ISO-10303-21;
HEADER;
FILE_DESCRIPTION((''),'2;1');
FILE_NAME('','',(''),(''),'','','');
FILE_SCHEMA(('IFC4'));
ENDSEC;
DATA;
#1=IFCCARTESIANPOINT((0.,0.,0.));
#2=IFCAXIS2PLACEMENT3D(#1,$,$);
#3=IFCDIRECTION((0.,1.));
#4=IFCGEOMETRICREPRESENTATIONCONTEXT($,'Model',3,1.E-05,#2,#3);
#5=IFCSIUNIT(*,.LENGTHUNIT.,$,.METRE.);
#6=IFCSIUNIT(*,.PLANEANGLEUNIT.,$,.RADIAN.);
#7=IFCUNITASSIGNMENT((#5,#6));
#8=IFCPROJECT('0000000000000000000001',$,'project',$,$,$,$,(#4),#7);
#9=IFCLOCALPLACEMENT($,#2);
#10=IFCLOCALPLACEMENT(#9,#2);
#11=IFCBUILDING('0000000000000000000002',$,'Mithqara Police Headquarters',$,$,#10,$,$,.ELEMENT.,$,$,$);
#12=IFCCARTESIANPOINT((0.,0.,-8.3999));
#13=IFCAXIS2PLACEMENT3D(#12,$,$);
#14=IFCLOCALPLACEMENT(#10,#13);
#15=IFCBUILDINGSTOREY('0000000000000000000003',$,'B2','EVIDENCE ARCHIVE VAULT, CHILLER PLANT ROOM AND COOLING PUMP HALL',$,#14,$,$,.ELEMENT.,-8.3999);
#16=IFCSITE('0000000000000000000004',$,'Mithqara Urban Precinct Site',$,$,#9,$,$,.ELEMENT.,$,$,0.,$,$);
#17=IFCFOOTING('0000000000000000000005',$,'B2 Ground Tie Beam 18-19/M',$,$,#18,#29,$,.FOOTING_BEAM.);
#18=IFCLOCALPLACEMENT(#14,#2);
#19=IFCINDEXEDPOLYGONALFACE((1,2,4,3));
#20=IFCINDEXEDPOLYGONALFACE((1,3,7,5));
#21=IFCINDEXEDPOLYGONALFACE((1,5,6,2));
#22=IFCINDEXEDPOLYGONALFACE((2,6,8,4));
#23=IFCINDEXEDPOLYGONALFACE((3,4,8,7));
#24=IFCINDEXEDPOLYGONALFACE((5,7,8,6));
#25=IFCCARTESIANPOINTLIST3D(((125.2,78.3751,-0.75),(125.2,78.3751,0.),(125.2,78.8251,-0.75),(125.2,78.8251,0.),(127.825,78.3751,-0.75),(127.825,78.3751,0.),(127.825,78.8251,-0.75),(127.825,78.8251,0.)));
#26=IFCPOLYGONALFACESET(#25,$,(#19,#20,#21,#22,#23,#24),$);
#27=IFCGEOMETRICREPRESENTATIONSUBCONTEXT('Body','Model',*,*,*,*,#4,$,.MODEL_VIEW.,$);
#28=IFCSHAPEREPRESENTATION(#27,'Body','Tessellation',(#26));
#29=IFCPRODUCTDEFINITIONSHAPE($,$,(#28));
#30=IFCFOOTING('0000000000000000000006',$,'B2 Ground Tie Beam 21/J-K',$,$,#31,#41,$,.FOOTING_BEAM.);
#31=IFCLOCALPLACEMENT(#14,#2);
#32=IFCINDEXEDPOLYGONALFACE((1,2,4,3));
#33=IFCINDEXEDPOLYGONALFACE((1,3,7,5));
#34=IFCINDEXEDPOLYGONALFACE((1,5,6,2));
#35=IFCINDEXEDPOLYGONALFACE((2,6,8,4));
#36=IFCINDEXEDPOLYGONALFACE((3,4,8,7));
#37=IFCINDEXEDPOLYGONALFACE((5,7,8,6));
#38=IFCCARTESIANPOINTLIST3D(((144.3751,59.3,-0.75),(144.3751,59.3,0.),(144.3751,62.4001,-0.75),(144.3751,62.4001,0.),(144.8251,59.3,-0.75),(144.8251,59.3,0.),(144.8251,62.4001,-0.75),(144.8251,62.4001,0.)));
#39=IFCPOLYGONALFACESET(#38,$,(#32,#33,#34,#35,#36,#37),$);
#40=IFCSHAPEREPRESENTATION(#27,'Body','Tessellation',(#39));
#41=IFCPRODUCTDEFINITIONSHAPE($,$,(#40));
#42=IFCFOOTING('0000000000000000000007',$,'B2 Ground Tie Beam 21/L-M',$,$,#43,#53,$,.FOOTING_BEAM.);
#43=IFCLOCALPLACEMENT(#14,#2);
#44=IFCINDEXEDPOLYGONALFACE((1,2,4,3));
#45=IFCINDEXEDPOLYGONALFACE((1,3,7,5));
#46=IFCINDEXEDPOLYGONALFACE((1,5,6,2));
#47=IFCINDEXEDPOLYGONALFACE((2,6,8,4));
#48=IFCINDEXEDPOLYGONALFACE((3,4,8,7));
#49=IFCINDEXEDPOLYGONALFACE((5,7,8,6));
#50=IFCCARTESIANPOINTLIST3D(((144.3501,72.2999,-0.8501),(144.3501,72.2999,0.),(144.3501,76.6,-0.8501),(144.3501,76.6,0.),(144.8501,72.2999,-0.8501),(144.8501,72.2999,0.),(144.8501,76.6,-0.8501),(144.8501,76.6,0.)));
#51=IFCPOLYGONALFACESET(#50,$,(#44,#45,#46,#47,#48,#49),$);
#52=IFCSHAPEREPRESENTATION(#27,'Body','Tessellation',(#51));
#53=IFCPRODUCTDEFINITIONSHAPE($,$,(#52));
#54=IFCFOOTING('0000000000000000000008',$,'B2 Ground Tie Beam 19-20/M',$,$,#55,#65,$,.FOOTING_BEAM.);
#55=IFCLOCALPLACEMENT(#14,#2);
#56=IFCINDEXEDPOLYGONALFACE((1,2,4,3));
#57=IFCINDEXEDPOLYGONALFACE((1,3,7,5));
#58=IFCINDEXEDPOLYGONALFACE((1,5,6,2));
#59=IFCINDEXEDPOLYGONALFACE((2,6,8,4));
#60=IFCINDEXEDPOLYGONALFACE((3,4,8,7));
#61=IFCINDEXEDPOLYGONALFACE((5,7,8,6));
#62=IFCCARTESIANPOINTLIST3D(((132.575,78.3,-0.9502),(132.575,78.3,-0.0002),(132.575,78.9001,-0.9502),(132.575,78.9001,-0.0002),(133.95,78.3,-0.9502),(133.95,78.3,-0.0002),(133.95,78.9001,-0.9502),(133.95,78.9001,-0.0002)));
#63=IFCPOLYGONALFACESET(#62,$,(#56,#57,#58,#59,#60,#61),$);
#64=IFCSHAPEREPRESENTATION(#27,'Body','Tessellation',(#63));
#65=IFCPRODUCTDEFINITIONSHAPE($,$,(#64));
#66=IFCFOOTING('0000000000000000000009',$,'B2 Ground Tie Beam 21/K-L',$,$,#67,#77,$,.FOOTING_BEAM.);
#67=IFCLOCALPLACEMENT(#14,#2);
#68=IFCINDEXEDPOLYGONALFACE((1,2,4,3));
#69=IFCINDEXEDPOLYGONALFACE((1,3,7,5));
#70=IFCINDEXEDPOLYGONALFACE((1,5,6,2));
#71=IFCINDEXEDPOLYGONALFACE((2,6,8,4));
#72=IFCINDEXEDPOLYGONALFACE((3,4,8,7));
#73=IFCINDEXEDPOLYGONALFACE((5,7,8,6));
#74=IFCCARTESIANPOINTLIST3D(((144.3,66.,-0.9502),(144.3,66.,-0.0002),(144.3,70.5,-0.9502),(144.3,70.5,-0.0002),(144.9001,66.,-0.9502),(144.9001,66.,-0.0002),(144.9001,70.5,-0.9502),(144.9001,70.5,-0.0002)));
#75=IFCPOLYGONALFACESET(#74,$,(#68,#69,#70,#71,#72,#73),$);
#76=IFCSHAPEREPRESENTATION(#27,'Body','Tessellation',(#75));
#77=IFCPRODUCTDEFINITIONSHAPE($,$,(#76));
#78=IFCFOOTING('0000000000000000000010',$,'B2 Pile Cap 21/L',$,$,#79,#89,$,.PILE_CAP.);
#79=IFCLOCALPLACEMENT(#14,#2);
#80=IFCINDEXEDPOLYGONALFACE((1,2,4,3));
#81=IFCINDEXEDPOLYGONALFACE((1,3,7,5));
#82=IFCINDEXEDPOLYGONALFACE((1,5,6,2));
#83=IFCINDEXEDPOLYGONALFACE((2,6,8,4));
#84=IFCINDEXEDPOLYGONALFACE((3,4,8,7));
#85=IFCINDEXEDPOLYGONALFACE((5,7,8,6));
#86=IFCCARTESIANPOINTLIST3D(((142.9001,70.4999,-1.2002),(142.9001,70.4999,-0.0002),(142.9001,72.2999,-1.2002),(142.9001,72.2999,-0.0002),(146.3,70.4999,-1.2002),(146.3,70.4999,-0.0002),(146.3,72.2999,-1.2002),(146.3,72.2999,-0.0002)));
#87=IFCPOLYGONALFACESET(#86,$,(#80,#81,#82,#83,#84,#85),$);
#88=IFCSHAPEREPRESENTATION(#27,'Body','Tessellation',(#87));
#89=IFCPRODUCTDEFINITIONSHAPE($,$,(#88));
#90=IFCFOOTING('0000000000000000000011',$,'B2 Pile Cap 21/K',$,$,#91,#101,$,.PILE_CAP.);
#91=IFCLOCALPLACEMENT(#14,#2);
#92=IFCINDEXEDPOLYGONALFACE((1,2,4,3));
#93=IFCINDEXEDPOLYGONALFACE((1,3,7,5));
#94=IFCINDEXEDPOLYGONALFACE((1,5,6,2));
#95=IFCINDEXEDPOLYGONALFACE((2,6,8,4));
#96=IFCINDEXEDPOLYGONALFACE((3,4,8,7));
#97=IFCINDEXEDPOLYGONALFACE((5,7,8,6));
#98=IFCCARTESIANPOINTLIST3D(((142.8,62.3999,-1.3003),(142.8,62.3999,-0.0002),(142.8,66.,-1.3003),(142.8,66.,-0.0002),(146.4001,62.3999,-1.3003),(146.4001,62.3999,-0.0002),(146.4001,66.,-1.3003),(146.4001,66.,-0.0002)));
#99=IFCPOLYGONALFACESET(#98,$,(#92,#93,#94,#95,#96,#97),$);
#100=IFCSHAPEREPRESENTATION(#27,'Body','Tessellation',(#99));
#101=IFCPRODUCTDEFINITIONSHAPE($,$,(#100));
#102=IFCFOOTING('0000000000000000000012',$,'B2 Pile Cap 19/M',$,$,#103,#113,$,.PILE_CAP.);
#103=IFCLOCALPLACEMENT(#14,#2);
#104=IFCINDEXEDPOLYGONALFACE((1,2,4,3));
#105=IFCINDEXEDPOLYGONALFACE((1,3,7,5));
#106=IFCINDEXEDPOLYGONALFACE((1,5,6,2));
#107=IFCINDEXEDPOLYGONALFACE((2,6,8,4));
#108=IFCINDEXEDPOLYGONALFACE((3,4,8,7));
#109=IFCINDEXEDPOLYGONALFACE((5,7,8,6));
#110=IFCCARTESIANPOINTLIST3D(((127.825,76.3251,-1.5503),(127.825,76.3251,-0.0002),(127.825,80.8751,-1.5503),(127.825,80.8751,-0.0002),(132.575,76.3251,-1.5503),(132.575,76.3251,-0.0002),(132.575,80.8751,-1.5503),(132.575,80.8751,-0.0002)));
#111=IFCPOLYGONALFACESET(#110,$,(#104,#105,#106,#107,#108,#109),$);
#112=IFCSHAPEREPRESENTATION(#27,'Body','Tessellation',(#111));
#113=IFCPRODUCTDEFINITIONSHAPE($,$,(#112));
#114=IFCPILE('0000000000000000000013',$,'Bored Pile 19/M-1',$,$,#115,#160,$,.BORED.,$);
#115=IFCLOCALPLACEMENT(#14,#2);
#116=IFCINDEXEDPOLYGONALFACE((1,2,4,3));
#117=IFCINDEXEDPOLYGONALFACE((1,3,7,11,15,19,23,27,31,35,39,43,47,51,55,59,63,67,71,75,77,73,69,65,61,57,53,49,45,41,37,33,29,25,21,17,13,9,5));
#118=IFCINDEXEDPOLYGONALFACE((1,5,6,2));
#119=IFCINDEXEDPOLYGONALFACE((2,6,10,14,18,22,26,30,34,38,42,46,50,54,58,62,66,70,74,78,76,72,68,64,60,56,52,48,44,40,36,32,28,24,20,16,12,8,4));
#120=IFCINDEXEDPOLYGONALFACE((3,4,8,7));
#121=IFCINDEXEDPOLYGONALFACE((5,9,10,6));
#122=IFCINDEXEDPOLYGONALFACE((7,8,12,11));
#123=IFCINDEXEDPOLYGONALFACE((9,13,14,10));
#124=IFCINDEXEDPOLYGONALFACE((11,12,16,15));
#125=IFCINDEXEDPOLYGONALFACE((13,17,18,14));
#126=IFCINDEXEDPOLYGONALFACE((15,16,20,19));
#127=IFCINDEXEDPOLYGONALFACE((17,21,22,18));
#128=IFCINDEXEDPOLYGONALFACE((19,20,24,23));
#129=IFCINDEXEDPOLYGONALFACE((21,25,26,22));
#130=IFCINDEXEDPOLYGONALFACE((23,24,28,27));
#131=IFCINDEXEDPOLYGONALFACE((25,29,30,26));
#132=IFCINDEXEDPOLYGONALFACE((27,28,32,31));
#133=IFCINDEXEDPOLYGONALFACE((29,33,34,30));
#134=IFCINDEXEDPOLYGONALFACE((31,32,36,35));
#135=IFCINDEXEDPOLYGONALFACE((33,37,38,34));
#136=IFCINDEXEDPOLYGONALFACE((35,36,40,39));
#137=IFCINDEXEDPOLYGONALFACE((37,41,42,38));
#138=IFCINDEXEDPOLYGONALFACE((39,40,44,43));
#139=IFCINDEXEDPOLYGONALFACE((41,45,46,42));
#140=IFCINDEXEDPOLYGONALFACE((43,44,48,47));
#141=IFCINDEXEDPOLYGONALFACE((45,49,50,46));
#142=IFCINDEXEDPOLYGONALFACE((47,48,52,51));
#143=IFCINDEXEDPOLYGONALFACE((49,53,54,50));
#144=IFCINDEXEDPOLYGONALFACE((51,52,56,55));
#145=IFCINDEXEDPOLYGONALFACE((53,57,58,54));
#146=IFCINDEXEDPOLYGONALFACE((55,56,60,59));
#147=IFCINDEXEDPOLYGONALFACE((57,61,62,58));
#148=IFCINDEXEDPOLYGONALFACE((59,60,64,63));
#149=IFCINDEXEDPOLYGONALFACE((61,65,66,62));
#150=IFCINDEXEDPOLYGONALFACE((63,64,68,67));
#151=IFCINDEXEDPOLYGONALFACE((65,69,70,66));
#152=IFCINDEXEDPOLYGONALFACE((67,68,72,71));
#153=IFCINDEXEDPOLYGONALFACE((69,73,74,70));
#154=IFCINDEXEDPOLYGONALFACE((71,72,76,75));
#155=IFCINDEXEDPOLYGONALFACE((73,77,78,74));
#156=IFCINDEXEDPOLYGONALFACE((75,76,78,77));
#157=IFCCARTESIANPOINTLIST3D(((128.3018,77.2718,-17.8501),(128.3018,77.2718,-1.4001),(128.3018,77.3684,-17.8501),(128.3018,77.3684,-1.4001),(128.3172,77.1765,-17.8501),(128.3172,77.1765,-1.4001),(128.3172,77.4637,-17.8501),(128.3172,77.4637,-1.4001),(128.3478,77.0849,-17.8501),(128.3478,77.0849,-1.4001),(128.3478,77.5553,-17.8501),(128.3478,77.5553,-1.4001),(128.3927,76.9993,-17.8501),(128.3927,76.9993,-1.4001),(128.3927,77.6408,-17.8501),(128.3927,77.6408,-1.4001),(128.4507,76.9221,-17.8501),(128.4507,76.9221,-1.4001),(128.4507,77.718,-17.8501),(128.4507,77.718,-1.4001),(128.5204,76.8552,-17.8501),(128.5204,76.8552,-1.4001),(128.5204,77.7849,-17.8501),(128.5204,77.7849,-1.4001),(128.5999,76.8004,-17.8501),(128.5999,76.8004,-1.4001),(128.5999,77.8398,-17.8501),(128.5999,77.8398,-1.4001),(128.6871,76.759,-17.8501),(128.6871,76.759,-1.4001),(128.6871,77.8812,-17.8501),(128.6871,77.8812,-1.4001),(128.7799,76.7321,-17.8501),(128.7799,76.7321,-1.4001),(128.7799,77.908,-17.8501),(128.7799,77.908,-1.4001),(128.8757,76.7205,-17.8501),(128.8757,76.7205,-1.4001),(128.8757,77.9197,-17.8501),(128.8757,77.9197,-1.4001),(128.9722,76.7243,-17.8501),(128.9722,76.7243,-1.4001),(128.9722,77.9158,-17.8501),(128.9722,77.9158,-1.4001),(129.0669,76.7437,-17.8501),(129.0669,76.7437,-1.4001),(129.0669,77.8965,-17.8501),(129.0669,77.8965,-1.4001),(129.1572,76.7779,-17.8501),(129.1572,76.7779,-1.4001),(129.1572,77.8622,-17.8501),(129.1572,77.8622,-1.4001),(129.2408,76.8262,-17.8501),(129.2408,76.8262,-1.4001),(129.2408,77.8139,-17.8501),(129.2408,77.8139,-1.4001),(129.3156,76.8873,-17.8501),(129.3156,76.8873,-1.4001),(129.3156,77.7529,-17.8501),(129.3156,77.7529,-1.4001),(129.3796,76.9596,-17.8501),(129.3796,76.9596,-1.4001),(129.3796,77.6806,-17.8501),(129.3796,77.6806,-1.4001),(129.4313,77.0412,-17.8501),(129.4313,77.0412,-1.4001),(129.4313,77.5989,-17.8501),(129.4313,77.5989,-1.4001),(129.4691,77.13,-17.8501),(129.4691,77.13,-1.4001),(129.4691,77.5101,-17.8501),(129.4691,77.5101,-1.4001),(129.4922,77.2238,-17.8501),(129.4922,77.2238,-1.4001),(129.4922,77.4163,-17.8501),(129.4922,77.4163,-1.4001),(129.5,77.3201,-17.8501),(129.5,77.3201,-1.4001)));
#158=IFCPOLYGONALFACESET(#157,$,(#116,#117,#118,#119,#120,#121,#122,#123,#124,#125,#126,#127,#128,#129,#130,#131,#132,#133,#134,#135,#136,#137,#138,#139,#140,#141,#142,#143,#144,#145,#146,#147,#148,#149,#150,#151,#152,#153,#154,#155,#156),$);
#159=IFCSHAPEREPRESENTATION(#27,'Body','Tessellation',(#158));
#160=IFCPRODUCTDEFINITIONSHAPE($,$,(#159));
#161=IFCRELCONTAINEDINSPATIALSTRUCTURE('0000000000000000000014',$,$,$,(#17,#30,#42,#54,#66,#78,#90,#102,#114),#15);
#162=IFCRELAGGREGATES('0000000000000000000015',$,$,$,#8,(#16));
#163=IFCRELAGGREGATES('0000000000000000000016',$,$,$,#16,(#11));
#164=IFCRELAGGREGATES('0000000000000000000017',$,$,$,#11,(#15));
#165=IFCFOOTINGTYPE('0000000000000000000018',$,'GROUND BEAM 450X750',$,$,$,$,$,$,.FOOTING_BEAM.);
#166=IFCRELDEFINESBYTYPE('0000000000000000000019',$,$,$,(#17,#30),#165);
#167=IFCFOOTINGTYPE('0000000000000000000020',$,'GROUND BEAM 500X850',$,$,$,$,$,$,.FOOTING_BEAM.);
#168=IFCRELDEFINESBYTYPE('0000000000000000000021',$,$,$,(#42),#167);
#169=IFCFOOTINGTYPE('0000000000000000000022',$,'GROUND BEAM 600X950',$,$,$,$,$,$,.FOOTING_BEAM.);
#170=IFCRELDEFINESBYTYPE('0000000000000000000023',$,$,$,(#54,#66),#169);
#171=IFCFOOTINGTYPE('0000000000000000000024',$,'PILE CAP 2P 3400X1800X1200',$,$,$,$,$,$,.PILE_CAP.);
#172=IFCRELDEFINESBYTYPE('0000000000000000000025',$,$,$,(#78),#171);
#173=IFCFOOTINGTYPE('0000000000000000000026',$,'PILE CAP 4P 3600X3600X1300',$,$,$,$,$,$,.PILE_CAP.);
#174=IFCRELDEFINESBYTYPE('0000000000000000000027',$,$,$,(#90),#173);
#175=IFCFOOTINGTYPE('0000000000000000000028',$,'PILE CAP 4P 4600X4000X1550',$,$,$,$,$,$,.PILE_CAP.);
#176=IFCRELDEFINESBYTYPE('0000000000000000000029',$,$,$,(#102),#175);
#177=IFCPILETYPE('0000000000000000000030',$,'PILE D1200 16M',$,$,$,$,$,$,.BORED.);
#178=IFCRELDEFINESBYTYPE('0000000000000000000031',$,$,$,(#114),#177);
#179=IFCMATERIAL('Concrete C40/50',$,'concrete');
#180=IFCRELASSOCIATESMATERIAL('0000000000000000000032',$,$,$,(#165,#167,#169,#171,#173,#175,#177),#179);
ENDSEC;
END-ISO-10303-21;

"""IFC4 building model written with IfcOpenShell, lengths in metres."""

from ifc_helpers import new_model, si_unit, direction, frame, origin, origin_2d, place, context, subcontext, project, spatial, rectangle, circle, extrude, material, material_profile, profile_set, type_object, element, save


model = new_model("IFC4")

# Units and contexts
model_context = context("Model", 3, precision=1e-05, world=origin(), true_north=direction((0.0, 1.0)))
body_context = subcontext(model_context, "Body", "Model", "MODEL_VIEW")
ifc_project = project(units=[si_unit("LENGTHUNIT", "METRE"), si_unit("PLANEANGLEUNIT", "RADIAN")], contexts=[model_context])

# Site, building, storey
site_placement = place(None, origin())
site = spatial("IfcSite", under=ifc_project, at=site_placement, Name="Mithqara Urban Precinct Site", CompositionType="ELEMENT", RefElevation=0.0)
building_placement = place(site_placement, origin())
building = spatial("IfcBuilding", under=site, at=building_placement, Name="Mithqara Police Headquarters", CompositionType="ELEMENT")
storey_placement = place(building_placement, frame((0.0, 0.0, -8.3999)))
storey = spatial("IfcBuildingStorey", under=building, at=storey_placement, Name="B2", Description="EVIDENCE ARCHIVE VAULT, CHILLER PLANT ROOM AND COOLING PUMP HALL", CompositionType="ELEMENT", Elevation=-8.3999)

# Footings
ifc_material_1 = material(Name="Concrete C40/50", Category="concrete")
footing_type_1 = type_object("IfcFootingType", Name="GROUND BEAM 450X750", PredefinedType="FOOTING_BEAM", material=ifc_material_1)
footing_1_placement = place(storey_placement, frame((126.5125, 78.6001, -0.75), z_axis=(0.0, 0.0, 1.0), x_axis=(1.0, 0.0, 0.0)))
element("IfcFooting", 1, at=footing_1_placement, inside=storey, type_object=footing_type_1, Name="B2 Ground Tie Beam 18-19/M", PredefinedType="FOOTING_BEAM", context=body_context, shape_type="SweptSolid", body=[
    extrude(rectangle(XDim=2.625, YDim=0.45, at=origin_2d()), origin(), (0.0, 0.0, 1.0), 0.75),
])
footing_2_placement = place(storey_placement, frame((144.6001, 60.8501, -0.75), z_axis=(0.0, 0.0, 1.0), x_axis=(1.0, 0.0, 0.0)))
element("IfcFooting", 2, at=footing_2_placement, inside=storey, type_object=footing_type_1, Name="B2 Ground Tie Beam 21/J-K", PredefinedType="FOOTING_BEAM", context=body_context, shape_type="SweptSolid", body=[
    extrude(rectangle(XDim=0.45, YDim=3.1001, at=origin_2d()), origin(), (0.0, 0.0, 1.0), 0.75),
])
footing_type_2 = type_object("IfcFootingType", Name="GROUND BEAM 500X850", PredefinedType="FOOTING_BEAM", material=ifc_material_1)
footing_3_placement = place(storey_placement, frame((144.6001, 74.45, -0.8501), z_axis=(0.0, 0.0, 1.0), x_axis=(1.0, 0.0, 0.0)))
element("IfcFooting", 3, at=footing_3_placement, inside=storey, type_object=footing_type_2, Name="B2 Ground Tie Beam 21/L-M", PredefinedType="FOOTING_BEAM", context=body_context, shape_type="SweptSolid", body=[
    extrude(rectangle(XDim=0.5, YDim=4.3, at=origin_2d()), origin(), (0.0, 0.0, 1.0), 0.8501),
])
footing_type_3 = type_object("IfcFootingType", Name="GROUND BEAM 600X950", PredefinedType="FOOTING_BEAM", material=ifc_material_1)
footing_4_placement = place(storey_placement, frame((133.2625, 78.6001, -0.9502), z_axis=(0.0, 0.0, 1.0), x_axis=(1.0, 0.0, 0.0)))
element("IfcFooting", 4, at=footing_4_placement, inside=storey, type_object=footing_type_3, Name="B2 Ground Tie Beam 19-20/M", PredefinedType="FOOTING_BEAM", context=body_context, shape_type="SweptSolid", body=[
    extrude(rectangle(XDim=1.375, YDim=0.6001, at=origin_2d()), origin(), (0.0, 0.0, 1.0), 0.95),
])
footing_5_placement = place(storey_placement, frame((144.6001, 68.25, -0.9502), z_axis=(0.0, 0.0, 1.0), x_axis=(1.0, 0.0, 0.0)))
element("IfcFooting", 5, at=footing_5_placement, inside=storey, type_object=footing_type_3, Name="B2 Ground Tie Beam 21/K-L", PredefinedType="FOOTING_BEAM", context=body_context, shape_type="SweptSolid", body=[
    extrude(rectangle(XDim=0.6001, YDim=4.5, at=origin_2d()), origin(), (0.0, 0.0, 1.0), 0.95),
])
footing_type_4 = type_object("IfcFootingType", Name="PILE CAP 2P 3400X1800X1200", PredefinedType="PILE_CAP", material=ifc_material_1)
footing_6_placement = place(storey_placement, frame((144.6001, 71.3999, -1.2002), z_axis=(0.0, 0.0, 1.0), x_axis=(1.0, 0.0, 0.0)))
element("IfcFooting", 6, at=footing_6_placement, inside=storey, type_object=footing_type_4, Name="B2 Pile Cap 21/L", PredefinedType="PILE_CAP", context=body_context, shape_type="SweptSolid", body=[
    extrude(rectangle(XDim=3.3999, YDim=1.8, at=origin_2d()), origin(), (0.0, 0.0, 1.0), 1.2),
])
footing_type_5 = type_object("IfcFootingType", Name="PILE CAP 4P 3600X3600X1300", PredefinedType="PILE_CAP", material=ifc_material_1)
footing_7_placement = place(storey_placement, frame((144.6001, 64.2, -1.3003), z_axis=(0.0, 0.0, 1.0), x_axis=(1.0, 0.0, 0.0)))
element("IfcFooting", 7, at=footing_7_placement, inside=storey, type_object=footing_type_5, Name="B2 Pile Cap 21/K", PredefinedType="PILE_CAP", context=body_context, shape_type="SweptSolid", body=[
    extrude(rectangle(XDim=3.6001, YDim=3.6001, at=origin_2d()), origin(), (0.0, 0.0, 1.0), 1.3),
])
footing_type_6 = type_object("IfcFootingType", Name="PILE CAP 4P 4600X4000X1550", PredefinedType="PILE_CAP", material=ifc_material_1)
footing_8_placement = place(storey_placement, frame((130.2, 78.6001, -1.5503), z_axis=(0.0, 0.0, 1.0), x_axis=(1.0, 0.0, 0.0)))
element("IfcFooting", 8, at=footing_8_placement, inside=storey, type_object=footing_type_6, Name="B2 Pile Cap 19/M", PredefinedType="PILE_CAP", context=body_context, shape_type="SweptSolid", body=[
    extrude(rectangle(XDim=4.75, YDim=4.55, at=origin_2d()), origin(), (0.0, 0.0, 1.0), 1.55),
])

# Pile
ifc_material_profile_1 = material_profile(ifc_material_1, circle(Radius=0.6001, at=origin_2d()), Name="PILE D1200")
ifc_profile_set_1 = profile_set([ifc_material_profile_1], Name="Concrete C40/50")
pile_type_1 = type_object("IfcPileType", Name="PILE D1200 16M", PredefinedType="BORED", material=ifc_profile_set_1)
for number, where, z_axis, x_axis, name in (
    (9, (128.8999, 77.3201, -1.4001), (0.0, 0.0, -1.0), (1.0, 0.0, 0.0), "Bored Pile 19/M-1"),
):
    element("IfcPile", number, at=place(storey_placement, frame(where, z_axis=z_axis, x_axis=x_axis)), inside=storey, type_object=pile_type_1, Name=name, PredefinedType="BORED", context=body_context, shape_type="SweptSolid", body=[
        extrude(circle(Radius=0.6001, at=origin_2d()), origin(), (0.0, 0.0, 1.0), 16.45),
    ])

save(model, "model.ifc")
